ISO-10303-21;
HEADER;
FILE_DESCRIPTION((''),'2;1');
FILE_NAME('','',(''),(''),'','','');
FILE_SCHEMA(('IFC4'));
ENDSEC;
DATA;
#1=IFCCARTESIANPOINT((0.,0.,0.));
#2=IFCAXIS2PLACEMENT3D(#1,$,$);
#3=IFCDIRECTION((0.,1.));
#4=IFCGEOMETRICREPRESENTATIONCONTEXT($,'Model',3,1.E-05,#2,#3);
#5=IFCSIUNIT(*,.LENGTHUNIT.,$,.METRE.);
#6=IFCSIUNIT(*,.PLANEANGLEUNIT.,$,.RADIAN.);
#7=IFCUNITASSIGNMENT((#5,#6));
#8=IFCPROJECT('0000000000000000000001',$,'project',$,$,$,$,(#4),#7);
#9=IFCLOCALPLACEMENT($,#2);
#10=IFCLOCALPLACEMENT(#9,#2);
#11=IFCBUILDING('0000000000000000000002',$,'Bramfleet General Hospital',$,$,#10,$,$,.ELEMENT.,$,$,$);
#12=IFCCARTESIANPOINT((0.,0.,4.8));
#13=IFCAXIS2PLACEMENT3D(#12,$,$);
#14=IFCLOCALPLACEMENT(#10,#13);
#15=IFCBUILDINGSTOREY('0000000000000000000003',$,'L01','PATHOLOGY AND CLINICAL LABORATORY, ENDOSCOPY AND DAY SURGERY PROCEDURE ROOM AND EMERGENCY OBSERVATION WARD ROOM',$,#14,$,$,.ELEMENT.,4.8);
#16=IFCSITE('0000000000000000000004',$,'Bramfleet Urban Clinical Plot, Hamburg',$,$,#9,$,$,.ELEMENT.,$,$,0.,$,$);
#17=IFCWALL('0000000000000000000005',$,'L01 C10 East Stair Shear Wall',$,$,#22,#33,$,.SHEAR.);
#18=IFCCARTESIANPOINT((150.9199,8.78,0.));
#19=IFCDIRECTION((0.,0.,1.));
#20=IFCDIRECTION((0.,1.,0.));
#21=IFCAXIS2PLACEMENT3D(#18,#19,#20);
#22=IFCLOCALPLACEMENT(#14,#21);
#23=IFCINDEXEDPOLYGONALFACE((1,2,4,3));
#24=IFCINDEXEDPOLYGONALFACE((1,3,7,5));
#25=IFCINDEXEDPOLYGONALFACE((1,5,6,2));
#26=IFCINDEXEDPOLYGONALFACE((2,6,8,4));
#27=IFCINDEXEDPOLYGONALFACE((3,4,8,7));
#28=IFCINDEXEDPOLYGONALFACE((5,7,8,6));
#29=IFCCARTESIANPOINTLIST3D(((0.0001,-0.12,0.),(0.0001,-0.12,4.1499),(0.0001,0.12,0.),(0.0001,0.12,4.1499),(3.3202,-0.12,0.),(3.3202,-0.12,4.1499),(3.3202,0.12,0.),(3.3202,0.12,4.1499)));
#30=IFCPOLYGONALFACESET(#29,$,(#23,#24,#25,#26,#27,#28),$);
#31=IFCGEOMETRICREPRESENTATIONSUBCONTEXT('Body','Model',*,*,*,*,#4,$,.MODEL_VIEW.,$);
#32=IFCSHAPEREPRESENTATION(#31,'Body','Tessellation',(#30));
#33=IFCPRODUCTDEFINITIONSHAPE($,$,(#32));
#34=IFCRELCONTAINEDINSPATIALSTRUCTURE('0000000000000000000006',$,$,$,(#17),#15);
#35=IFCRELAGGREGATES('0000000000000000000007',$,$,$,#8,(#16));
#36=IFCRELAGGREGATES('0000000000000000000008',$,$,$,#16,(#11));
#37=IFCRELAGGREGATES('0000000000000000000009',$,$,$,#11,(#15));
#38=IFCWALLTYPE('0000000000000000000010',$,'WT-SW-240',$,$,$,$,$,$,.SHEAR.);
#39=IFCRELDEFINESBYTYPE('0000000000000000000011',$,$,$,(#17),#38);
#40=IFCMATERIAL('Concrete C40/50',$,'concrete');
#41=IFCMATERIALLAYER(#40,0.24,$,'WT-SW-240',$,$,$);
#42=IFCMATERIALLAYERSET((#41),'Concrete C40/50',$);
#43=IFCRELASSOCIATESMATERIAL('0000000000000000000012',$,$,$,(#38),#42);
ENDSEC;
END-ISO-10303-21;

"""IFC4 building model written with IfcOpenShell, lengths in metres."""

from ifc_helpers import new_model, si_unit, direction, frame, frame_2d, origin, place, context, subcontext, project, spatial, rectangle, extrude, material, layer, layer_set, type_object, element, save


model = new_model("IFC4")

# Units and contexts
model_context = context("Model", 3, precision=1e-05, world=origin(), true_north=direction((0.0, 1.0)))
body_context = subcontext(model_context, "Body", "Model", "MODEL_VIEW")
ifc_project = project(units=[si_unit("LENGTHUNIT", "METRE"), si_unit("PLANEANGLEUNIT", "RADIAN")], contexts=[model_context])

# Site, building, storey
site_placement = place(None, origin())
site = spatial("IfcSite", under=ifc_project, at=site_placement, Name="Bramfleet Urban Clinical Plot, Hamburg", CompositionType="ELEMENT", RefElevation=0.0)
building_placement = place(site_placement, origin())
building = spatial("IfcBuilding", under=site, at=building_placement, Name="Bramfleet General Hospital", CompositionType="ELEMENT")
storey_placement = place(building_placement, frame((0.0, 0.0, 4.8)))
storey = spatial("IfcBuildingStorey", under=building, at=storey_placement, Name="L01", Description="PATHOLOGY AND CLINICAL LABORATORY, ENDOSCOPY AND DAY SURGERY PROCEDURE ROOM AND EMERGENCY OBSERVATION WARD ROOM", CompositionType="ELEMENT", Elevation=4.8)

# Shared definitions
ifc_material_1 = material(Name="Concrete C40/50", Category="concrete")

# Wall
ifc_layer_1 = layer(ifc_material_1, 0.24, Name="WT-SW-240")
ifc_layer_set_1 = layer_set([ifc_layer_1], Name="Concrete C40/50")
wall_type_1 = type_object("IfcWallType", Name="WT-SW-240", PredefinedType="SHEAR", material=ifc_layer_set_1)
wall_1_placement = place(storey_placement, frame((150.9199, 8.78, 0.0), z_axis=(0.0, 0.0, 1.0), x_axis=(0.0, 1.0, 0.0)))
element("IfcWall", 1, at=wall_1_placement, inside=storey, type_object=wall_type_1, Name="L01 C10 East Stair Shear Wall", PredefinedType="SHEAR", context=body_context, shape_type="SweptSolid", body=[
    extrude(rectangle(XDim=3.3201, YDim=0.24, at=frame_2d((1.6602, 0.0))), origin(), (0.0, 0.0, 1.0), 4.1499),
])

save(model, "model.ifc")
